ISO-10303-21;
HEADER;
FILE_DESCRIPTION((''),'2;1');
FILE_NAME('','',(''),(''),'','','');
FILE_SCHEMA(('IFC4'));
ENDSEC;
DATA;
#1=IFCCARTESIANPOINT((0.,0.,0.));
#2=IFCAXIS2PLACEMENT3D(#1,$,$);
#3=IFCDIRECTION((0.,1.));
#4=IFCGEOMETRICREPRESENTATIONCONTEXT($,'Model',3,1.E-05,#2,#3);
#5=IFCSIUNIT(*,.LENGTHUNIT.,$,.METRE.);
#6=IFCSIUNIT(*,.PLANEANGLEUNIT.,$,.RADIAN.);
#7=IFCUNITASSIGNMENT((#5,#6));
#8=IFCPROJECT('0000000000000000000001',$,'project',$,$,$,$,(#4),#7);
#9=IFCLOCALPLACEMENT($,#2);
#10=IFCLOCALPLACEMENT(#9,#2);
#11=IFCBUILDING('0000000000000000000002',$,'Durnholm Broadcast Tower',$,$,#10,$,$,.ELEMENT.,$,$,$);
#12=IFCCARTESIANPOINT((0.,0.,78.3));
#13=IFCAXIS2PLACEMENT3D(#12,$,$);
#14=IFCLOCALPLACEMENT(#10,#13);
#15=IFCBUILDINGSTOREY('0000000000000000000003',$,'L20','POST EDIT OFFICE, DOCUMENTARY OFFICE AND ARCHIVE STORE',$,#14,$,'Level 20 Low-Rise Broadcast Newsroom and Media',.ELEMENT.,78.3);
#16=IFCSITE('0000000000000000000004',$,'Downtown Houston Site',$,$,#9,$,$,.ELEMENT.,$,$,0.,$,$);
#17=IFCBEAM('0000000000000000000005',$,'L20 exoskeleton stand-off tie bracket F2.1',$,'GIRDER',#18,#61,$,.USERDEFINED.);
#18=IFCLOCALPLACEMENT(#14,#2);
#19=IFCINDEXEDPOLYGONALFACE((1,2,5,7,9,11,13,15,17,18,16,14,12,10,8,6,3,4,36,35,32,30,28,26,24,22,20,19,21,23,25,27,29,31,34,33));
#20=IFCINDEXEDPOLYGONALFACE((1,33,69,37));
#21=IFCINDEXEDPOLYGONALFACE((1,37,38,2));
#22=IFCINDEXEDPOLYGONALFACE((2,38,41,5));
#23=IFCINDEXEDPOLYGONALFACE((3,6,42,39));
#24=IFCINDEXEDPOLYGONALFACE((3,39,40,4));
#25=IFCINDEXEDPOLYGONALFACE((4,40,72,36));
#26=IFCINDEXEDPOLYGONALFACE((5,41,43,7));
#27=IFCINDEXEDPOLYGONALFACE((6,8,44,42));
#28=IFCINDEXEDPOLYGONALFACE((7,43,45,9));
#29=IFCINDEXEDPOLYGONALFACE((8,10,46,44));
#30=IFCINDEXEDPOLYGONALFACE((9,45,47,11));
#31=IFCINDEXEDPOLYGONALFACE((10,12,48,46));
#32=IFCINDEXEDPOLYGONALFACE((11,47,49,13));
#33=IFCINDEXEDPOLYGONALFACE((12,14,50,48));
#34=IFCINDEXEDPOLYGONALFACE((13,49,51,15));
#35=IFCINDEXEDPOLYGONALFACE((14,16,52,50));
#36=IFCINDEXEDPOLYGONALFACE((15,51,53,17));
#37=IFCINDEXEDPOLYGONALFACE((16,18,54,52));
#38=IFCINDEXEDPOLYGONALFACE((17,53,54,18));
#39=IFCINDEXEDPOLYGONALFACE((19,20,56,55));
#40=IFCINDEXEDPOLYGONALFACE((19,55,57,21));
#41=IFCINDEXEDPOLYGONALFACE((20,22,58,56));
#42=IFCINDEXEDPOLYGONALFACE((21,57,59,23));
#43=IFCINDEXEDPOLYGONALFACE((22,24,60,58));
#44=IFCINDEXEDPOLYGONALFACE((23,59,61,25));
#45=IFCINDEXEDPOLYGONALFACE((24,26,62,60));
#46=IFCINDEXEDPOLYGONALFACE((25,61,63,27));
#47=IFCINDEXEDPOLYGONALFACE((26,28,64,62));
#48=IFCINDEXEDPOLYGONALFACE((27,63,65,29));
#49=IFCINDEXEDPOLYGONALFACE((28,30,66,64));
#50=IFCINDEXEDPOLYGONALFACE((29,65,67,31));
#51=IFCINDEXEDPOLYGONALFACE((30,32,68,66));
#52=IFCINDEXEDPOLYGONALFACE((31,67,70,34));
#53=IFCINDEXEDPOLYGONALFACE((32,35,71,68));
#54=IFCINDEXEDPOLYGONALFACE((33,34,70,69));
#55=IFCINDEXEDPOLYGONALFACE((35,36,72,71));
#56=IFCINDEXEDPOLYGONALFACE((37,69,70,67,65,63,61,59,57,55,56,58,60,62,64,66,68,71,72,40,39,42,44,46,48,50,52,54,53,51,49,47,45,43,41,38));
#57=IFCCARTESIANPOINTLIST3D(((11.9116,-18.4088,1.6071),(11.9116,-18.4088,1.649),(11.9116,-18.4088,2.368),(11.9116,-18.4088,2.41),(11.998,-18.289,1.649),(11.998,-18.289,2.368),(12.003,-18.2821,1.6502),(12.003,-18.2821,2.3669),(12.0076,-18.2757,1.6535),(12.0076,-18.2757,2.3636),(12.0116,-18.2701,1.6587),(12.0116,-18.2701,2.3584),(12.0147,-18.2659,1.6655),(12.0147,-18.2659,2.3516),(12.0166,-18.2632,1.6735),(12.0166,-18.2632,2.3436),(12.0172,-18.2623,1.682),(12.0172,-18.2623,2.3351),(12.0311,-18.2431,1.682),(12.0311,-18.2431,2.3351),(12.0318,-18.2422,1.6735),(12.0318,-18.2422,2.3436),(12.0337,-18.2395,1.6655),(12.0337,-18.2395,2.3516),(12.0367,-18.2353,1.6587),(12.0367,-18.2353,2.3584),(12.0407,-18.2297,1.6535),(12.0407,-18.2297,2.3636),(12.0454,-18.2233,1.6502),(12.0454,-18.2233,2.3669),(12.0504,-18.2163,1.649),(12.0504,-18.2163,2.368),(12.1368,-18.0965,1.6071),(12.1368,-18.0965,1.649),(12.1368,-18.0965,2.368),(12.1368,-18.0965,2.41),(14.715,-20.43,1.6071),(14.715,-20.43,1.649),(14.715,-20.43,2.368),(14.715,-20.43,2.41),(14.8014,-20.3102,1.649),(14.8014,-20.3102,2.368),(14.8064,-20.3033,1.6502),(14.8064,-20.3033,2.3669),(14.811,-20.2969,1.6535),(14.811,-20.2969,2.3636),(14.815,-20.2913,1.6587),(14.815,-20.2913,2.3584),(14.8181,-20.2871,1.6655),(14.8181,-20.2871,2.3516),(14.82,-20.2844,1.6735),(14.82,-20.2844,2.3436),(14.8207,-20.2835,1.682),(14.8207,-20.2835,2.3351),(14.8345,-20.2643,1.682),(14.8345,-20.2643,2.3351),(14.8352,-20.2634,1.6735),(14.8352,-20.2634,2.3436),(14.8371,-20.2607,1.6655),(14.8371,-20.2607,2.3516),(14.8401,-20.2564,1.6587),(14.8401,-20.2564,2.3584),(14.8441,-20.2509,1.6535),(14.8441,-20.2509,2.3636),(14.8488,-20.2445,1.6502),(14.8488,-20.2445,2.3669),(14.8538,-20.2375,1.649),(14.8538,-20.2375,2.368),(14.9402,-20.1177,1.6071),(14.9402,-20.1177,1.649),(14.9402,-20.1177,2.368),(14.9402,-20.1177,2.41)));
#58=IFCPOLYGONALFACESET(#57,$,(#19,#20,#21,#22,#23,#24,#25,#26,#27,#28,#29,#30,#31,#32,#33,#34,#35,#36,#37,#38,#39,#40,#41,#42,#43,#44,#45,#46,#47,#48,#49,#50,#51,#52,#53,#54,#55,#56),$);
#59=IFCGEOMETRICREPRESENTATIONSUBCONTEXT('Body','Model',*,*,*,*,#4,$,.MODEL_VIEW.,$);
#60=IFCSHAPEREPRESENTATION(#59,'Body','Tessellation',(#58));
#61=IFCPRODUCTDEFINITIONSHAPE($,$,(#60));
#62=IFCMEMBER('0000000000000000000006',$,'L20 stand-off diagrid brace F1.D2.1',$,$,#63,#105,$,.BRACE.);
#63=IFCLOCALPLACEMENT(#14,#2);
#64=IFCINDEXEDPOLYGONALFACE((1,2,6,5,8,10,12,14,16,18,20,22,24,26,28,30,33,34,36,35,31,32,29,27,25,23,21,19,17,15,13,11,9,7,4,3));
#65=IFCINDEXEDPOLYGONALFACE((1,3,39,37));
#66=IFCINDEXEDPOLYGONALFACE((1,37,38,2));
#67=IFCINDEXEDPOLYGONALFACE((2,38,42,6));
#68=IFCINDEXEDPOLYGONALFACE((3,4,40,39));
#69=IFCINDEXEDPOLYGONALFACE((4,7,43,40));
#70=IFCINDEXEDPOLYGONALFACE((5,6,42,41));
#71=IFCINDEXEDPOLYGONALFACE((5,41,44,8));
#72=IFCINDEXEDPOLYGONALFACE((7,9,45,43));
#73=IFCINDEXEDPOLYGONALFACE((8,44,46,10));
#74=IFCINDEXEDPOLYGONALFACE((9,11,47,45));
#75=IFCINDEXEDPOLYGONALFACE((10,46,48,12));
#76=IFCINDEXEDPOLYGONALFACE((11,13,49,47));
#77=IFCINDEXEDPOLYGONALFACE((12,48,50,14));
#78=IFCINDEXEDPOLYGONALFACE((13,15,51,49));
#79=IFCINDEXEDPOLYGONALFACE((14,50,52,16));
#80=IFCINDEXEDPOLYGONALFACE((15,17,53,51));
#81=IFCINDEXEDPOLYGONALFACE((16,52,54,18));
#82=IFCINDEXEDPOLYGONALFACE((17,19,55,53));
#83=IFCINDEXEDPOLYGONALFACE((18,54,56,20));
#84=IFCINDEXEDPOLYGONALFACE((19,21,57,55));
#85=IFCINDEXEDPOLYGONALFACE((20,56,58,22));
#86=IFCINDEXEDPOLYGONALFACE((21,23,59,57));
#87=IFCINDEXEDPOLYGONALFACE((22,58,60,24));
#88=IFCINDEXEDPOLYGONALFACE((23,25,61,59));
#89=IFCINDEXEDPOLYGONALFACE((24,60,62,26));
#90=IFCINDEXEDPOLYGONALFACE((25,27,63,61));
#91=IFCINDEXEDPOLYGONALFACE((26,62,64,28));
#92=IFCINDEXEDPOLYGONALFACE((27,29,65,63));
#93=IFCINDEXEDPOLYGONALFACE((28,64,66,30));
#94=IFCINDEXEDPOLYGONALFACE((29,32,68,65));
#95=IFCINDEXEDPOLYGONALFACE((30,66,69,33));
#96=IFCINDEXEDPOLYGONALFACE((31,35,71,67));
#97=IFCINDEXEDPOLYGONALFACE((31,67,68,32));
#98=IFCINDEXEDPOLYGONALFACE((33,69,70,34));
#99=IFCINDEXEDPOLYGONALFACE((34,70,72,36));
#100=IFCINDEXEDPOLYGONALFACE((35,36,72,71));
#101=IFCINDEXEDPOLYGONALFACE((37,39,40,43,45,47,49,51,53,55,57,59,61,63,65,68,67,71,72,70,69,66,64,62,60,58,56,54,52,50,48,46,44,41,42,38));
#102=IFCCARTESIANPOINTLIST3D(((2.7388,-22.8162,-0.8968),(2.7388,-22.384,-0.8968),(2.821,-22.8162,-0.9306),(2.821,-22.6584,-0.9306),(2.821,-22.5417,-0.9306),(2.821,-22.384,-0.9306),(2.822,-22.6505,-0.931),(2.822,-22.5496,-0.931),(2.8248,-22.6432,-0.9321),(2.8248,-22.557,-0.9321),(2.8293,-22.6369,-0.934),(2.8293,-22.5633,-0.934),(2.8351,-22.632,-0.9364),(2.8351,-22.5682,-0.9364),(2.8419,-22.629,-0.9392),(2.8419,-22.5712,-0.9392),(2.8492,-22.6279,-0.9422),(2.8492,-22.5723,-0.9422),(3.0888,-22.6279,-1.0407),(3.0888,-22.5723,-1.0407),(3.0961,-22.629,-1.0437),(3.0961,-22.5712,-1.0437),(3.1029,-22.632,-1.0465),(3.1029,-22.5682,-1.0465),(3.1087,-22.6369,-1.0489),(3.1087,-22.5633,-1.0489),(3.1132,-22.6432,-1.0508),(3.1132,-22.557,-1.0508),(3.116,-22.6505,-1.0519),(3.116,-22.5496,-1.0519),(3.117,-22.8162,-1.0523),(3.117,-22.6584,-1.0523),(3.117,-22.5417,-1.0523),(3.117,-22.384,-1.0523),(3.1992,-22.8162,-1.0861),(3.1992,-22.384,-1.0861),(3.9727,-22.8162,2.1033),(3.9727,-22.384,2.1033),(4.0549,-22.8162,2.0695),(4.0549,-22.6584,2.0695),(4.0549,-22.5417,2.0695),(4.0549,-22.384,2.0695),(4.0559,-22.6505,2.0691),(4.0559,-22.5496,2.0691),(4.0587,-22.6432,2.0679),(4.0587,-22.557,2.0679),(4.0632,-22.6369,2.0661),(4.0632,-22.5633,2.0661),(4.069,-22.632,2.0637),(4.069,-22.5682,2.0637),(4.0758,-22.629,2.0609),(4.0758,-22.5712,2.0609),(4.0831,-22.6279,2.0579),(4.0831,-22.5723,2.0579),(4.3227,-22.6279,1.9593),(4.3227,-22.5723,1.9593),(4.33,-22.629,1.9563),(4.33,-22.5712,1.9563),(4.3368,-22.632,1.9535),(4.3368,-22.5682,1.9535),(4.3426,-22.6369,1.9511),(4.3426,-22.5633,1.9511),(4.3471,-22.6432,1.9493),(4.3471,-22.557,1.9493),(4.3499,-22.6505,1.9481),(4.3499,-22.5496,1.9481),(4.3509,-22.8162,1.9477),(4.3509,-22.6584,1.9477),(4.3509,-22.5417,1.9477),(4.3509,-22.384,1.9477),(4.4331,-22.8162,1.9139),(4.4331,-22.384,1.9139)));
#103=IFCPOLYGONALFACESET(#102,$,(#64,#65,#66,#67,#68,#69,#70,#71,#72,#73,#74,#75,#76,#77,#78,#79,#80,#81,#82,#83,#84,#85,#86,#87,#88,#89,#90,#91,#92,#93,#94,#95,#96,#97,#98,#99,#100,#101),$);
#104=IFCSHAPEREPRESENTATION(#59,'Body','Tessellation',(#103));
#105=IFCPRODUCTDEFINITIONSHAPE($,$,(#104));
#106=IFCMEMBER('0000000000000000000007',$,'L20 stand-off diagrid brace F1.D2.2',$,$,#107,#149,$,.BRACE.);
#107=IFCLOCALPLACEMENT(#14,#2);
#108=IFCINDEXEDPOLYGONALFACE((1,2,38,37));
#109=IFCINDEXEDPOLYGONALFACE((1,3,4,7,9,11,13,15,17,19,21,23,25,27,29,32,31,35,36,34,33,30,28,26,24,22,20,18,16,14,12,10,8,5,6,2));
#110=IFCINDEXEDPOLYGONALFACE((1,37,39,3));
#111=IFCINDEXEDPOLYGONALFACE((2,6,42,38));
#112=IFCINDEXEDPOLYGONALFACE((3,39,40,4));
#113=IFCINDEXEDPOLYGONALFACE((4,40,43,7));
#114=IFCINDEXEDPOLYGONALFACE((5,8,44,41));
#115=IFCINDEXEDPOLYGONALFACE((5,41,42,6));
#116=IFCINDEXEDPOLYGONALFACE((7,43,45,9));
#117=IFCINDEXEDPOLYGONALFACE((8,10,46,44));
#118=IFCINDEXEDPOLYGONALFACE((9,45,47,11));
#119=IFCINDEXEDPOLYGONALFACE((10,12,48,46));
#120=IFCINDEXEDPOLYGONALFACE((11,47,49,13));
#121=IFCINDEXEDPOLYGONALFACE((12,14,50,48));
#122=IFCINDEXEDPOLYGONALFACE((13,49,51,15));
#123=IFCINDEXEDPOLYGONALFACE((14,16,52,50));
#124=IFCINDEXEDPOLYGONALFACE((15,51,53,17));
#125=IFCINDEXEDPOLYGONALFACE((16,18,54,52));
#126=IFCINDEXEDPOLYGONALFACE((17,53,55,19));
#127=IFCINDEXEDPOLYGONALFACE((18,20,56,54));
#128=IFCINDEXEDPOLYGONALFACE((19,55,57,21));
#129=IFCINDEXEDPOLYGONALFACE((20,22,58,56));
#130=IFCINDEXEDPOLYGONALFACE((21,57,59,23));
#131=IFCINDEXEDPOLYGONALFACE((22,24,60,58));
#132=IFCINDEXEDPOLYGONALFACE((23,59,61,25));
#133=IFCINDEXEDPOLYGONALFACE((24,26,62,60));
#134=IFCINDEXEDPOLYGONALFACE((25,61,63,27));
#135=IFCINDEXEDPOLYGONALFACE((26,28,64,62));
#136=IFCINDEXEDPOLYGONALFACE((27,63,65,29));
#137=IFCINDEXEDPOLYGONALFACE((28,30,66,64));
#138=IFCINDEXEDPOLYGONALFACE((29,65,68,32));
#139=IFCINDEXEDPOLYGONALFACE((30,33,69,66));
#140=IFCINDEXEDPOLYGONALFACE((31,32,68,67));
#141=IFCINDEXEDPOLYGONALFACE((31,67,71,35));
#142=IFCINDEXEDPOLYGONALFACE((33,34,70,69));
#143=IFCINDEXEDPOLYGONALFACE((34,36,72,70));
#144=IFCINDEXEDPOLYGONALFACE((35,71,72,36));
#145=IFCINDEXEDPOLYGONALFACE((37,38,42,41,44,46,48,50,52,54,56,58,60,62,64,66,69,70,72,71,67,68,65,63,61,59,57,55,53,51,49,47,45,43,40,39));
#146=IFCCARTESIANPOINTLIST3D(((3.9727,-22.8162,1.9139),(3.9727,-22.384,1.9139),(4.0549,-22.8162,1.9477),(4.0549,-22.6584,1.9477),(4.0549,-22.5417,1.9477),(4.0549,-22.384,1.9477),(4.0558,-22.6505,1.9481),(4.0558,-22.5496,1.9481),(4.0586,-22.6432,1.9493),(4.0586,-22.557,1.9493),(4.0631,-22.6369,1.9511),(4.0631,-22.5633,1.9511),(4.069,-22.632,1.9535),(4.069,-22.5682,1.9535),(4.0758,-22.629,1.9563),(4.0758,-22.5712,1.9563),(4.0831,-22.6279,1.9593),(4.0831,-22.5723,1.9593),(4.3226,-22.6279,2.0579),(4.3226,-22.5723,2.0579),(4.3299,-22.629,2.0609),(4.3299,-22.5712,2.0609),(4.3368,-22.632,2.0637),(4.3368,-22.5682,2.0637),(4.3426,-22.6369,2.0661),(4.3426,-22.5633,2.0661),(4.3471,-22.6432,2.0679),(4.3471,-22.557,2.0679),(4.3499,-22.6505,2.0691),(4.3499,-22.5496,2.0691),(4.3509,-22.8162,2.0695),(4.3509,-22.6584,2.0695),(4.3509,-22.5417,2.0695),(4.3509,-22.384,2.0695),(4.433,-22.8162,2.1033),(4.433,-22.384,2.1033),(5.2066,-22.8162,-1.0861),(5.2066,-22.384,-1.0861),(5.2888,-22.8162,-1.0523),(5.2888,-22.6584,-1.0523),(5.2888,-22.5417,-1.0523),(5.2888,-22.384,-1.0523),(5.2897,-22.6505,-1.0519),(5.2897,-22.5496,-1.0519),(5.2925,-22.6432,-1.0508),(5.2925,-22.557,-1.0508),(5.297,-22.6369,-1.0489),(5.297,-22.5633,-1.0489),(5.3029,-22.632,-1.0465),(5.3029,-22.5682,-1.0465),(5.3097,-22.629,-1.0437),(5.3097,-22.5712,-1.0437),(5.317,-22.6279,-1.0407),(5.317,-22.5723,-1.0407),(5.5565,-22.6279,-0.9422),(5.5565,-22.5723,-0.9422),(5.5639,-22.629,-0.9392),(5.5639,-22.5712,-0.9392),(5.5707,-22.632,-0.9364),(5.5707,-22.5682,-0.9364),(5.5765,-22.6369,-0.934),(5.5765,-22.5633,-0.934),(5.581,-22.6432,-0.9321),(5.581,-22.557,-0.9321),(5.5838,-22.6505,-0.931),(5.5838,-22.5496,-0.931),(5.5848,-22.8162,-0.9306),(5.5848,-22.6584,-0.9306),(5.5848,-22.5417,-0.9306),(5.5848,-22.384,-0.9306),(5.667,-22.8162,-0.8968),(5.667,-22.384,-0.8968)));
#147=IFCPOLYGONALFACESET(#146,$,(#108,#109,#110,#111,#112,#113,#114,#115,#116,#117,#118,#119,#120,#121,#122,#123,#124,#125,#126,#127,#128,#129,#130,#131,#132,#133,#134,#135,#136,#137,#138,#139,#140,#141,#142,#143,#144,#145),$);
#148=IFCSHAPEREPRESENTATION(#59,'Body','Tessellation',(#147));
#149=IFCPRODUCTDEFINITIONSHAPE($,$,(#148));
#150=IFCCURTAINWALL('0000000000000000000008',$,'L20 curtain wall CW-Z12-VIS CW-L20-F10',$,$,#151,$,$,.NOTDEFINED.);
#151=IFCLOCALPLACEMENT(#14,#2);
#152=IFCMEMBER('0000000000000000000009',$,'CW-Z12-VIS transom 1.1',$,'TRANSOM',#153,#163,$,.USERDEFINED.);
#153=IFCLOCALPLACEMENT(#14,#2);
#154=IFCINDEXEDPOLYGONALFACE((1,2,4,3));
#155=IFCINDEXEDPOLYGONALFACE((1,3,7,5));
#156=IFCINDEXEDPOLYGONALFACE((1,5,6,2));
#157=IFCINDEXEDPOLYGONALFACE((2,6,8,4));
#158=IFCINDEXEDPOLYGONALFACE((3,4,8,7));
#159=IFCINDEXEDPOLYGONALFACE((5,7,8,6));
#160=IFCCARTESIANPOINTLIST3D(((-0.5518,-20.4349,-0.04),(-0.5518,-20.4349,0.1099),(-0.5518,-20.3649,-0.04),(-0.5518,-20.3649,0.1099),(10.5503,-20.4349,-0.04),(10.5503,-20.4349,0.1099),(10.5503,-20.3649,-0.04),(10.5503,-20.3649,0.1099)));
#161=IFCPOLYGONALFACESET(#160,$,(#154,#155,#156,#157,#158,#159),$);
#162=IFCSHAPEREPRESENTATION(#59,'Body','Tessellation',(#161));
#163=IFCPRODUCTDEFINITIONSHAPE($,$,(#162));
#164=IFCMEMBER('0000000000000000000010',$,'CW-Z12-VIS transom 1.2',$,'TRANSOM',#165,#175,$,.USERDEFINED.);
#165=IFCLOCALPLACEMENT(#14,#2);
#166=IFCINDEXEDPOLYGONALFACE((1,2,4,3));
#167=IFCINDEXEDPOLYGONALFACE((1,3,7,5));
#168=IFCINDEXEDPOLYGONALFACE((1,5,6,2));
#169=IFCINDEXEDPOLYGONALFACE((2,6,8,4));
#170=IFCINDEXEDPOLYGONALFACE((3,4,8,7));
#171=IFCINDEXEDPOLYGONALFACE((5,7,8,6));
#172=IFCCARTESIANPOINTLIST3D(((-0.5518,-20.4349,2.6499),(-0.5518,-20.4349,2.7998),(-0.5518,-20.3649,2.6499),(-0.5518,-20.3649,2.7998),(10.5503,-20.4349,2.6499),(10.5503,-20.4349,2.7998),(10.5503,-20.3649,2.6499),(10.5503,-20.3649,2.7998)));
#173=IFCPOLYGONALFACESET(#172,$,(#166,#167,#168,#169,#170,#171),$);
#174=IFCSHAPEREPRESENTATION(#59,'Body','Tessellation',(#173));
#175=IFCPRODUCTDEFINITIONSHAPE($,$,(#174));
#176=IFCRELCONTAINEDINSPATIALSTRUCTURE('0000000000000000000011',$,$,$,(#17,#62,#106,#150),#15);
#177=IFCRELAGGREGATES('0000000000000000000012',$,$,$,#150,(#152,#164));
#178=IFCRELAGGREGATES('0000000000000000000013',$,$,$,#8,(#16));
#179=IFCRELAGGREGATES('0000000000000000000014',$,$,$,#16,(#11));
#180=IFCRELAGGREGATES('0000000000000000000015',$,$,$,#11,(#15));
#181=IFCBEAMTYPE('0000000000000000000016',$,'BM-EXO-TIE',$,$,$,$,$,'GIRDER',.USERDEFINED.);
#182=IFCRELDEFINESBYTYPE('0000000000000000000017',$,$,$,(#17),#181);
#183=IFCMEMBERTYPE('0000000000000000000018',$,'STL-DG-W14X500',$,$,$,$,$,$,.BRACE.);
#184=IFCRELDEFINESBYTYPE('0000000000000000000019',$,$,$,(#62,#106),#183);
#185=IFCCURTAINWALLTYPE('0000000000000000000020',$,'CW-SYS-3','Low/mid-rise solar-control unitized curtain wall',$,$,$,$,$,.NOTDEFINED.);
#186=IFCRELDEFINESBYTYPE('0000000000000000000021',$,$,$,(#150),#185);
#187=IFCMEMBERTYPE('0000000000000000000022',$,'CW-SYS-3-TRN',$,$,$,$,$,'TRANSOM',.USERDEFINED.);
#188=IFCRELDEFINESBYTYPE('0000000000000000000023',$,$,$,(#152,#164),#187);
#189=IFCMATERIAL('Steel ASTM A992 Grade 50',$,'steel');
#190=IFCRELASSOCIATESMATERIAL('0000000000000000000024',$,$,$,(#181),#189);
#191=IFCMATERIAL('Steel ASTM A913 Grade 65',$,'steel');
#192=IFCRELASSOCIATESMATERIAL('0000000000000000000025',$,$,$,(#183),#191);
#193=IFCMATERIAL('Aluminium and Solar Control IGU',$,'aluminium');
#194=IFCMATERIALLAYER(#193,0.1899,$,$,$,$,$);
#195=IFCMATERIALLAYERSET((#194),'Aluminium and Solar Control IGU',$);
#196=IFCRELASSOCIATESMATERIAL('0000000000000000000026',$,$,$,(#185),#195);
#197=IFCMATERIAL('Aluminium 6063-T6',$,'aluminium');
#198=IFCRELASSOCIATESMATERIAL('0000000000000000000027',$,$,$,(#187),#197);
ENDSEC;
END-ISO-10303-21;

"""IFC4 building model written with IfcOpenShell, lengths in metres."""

from ifc_helpers import new_model, si_unit, direction, frame, origin, origin_2d, place, context, subcontext, project, spatial, rectangle, i_section, extrude, source, transform, mapped, material, layer, layer_set, material_profile, profile_set, type_object, type_shapes, element, aggregate, save


model = new_model("IFC4")

# Units and contexts
model_context = context("Model", 3, precision=1e-05, world=origin(), true_north=direction((0.0, 1.0)))
body_context = subcontext(model_context, "Body", "Model", "MODEL_VIEW")
ifc_project = project(units=[si_unit("LENGTHUNIT", "METRE"), si_unit("PLANEANGLEUNIT", "RADIAN")], contexts=[model_context])

# Site, building, storey
site_placement = place(None, origin())
site = spatial("IfcSite", under=ifc_project, at=site_placement, Name="Downtown Houston Site", CompositionType="ELEMENT", RefElevation=0.0)
building_placement = place(site_placement, origin())
building = spatial("IfcBuilding", under=site, at=building_placement, Name="Durnholm Broadcast Tower", CompositionType="ELEMENT")
storey_placement = place(building_placement, frame((0.0, 0.0, 78.3)))
storey = spatial("IfcBuildingStorey", under=building, at=storey_placement, Name="L20", Description="POST EDIT OFFICE, DOCUMENTARY OFFICE AND ARCHIVE STORE", LongName="Level 20 Low-Rise Broadcast Newsroom and Media", CompositionType="ELEMENT", Elevation=78.3)

# Beam
ifc_material_1 = material(Name="Steel ASTM A992 Grade 50", Category="steel")
ifc_material_profile_1 = material_profile(ifc_material_1, i_section(OverallWidth=0.385, OverallDepth=0.803, WebThickness=0.0237, FlangeThickness=0.042, FilletRadius=0.033, at=origin_2d()), Name="W30X261")
ifc_profile_set_1 = profile_set([ifc_material_profile_1], Name="Steel ASTM A992 Grade 50")
beam_type_1 = type_object("IfcBeamType", Name="BM-EXO-TIE", ElementType="GIRDER", PredefinedType="USERDEFINED", material=ifc_profile_set_1)
shared_shape_1 = source(origin(), body_context, "Body", "SweptSolid", [
    extrude(i_section(OverallWidth=0.385, OverallDepth=0.803, WebThickness=0.0237, FlangeThickness=0.042, FilletRadius=0.033, at=origin_2d()), origin(), (0.0, 0.0, 1.0), 3.4561),
])
type_shapes(beam_type_1, [shared_shape_1])
for number, where, z_axis, x_axis, name in (
    (1, (12.0242, -18.2527, 2.0085), (0.811158, -0.584828, 0.0), (0.584828, 0.811158, 0.0), "L20 exoskeleton stand-off tie bracket F2.1"),
):
    element("IfcBeam", number, at=place(storey_placement, frame(where, z_axis=z_axis, x_axis=x_axis)), inside=storey, type_object=beam_type_1, Name=name, ObjectType="GIRDER", PredefinedType="USERDEFINED", context=body_context, shape_type="MappedRepresentation", body=[
        mapped(shared_shape_1, transform((0.0, 0.0, 0.0), x_axis=(1.0, 0.0, 0.0), y_axis=(0.0, 1.0, 0.0), z_axis=(0.0, 0.0, 1.0), scale=1.0)),
    ])

# Members
ifc_material_2 = material(Name="Steel ASTM A913 Grade 65", Category="steel")
ifc_material_profile_2 = material_profile(ifc_material_2, i_section(OverallWidth=0.4321, OverallDepth=0.4978, WebThickness=0.0557, FlangeThickness=0.0889, FilletRadius=0.0305, at=origin_2d()), Name="W14X500")
ifc_profile_set_2 = profile_set([ifc_material_profile_2], Name="Steel ASTM A913 Grade 65")
member_type_1 = type_object("IfcMemberType", Name="STL-DG-W14X500", PredefinedType="BRACE", material=ifc_profile_set_2)
shared_shape_2 = source(origin(), body_context, "Body", "SweptSolid", [
    extrude(i_section(OverallWidth=0.4321, OverallDepth=0.4978, WebThickness=0.0557, FlangeThickness=0.0889, FilletRadius=0.0305, at=origin_2d()), origin(), (0.0, 0.0, 1.0), 3.2439),
])
type_shapes(member_type_1, [shared_shape_2])
for number, where, z_axis, x_axis, name in (
    (2, (2.969, -22.6001, -0.9915), (0.380379, 0.0, 0.924831), (0.0, 1.0, 0.0), "L20 stand-off diagrid brace F1.D2.1"),
    (3, (5.4368, -22.6001, -0.9915), (-0.380379, 0.0, 0.924831), (0.0, -1.0, 0.0), "L20 stand-off diagrid brace F1.D2.2"),
):
    element("IfcMember", number, at=place(storey_placement, frame(where, z_axis=z_axis, x_axis=x_axis)), inside=storey, type_object=member_type_1, Name=name, PredefinedType="BRACE", context=body_context, shape_type="MappedRepresentation", body=[
        mapped(shared_shape_2, transform((0.0, 0.0, 0.0), x_axis=(1.0, 0.0, 0.0), y_axis=(0.0, 1.0, 0.0), z_axis=(0.0, 0.0, 1.0), scale=1.0)),
    ])

# Curtain wall, members
ifc_material_3 = material(Name="Aluminium and Solar Control IGU", Category="aluminium")
ifc_layer_1 = layer(ifc_material_3, 0.1899)
ifc_layer_set_1 = layer_set([ifc_layer_1], Name="Aluminium and Solar Control IGU")
curtain_wall_type_1 = type_object("IfcCurtainWallType", Name="CW-SYS-3", Description="Low/mid-rise solar-control unitized curtain wall", PredefinedType="NOTDEFINED", material=ifc_layer_set_1)
curtain_wall_1_placement = place(storey_placement, origin())
curtain_wall_1 = element("IfcCurtainWall", 4, at=curtain_wall_1_placement, inside=storey, type_object=curtain_wall_type_1, Name="L20 curtain wall CW-Z12-VIS CW-L20-F10", PredefinedType="NOTDEFINED")
ifc_material_4 = material(Name="Aluminium 6063-T6", Category="aluminium")
ifc_material_profile_3 = material_profile(ifc_material_4, rectangle(XDim=0.0701, YDim=0.1499, at=origin_2d()), Name="CWT70X150")
ifc_profile_set_3 = profile_set([ifc_material_profile_3], Name="Aluminium 6063-T6")
member_type_2 = type_object("IfcMemberType", Name="CW-SYS-3-TRN", ElementType="TRANSOM", PredefinedType="USERDEFINED", material=ifc_profile_set_3)
shared_shape_3 = source(origin(), body_context, "Body", "SweptSolid", [
    extrude(rectangle(XDim=0.0701, YDim=0.1499, at=origin_2d()), origin(), (0.0, 0.0, 1.0), 11.1021),
])
type_shapes(member_type_2, [shared_shape_3])
member_1_placement = place(storey_placement, frame((10.5503, -20.3999, 0.0349), z_axis=(-1.0, 0.0, 0.0), x_axis=(0.0, -1.0, 0.0)))
member_1 = element("IfcMember", 5, at=member_1_placement, type_object=member_type_2, Name="CW-Z12-VIS transom 1.1", ObjectType="TRANSOM", PredefinedType="USERDEFINED", context=body_context, shape_type="MappedRepresentation", body=[
    mapped(shared_shape_3, transform((0.0, 0.0, 0.0), x_axis=(1.0, 0.0, 0.0), y_axis=(0.0, 1.0, 0.0), z_axis=(0.0, 0.0, 1.0), scale=1.0)),
])
member_2_placement = place(storey_placement, frame((10.5503, -20.3999, 2.7249), z_axis=(-1.0, 0.0, 0.0), x_axis=(0.0, -1.0, 0.0)))
member_2 = element("IfcMember", 6, at=member_2_placement, type_object=member_type_2, Name="CW-Z12-VIS transom 1.2", ObjectType="TRANSOM", PredefinedType="USERDEFINED", context=body_context, shape_type="MappedRepresentation", body=[
    mapped(shared_shape_3, transform((0.0, 0.0, 0.0), x_axis=(1.0, 0.0, 0.0), y_axis=(0.0, 1.0, 0.0), z_axis=(0.0, 0.0, 1.0), scale=1.0)),
])

aggregate(curtain_wall_1, [member_1, member_2])

save(model, "model.ifc")
